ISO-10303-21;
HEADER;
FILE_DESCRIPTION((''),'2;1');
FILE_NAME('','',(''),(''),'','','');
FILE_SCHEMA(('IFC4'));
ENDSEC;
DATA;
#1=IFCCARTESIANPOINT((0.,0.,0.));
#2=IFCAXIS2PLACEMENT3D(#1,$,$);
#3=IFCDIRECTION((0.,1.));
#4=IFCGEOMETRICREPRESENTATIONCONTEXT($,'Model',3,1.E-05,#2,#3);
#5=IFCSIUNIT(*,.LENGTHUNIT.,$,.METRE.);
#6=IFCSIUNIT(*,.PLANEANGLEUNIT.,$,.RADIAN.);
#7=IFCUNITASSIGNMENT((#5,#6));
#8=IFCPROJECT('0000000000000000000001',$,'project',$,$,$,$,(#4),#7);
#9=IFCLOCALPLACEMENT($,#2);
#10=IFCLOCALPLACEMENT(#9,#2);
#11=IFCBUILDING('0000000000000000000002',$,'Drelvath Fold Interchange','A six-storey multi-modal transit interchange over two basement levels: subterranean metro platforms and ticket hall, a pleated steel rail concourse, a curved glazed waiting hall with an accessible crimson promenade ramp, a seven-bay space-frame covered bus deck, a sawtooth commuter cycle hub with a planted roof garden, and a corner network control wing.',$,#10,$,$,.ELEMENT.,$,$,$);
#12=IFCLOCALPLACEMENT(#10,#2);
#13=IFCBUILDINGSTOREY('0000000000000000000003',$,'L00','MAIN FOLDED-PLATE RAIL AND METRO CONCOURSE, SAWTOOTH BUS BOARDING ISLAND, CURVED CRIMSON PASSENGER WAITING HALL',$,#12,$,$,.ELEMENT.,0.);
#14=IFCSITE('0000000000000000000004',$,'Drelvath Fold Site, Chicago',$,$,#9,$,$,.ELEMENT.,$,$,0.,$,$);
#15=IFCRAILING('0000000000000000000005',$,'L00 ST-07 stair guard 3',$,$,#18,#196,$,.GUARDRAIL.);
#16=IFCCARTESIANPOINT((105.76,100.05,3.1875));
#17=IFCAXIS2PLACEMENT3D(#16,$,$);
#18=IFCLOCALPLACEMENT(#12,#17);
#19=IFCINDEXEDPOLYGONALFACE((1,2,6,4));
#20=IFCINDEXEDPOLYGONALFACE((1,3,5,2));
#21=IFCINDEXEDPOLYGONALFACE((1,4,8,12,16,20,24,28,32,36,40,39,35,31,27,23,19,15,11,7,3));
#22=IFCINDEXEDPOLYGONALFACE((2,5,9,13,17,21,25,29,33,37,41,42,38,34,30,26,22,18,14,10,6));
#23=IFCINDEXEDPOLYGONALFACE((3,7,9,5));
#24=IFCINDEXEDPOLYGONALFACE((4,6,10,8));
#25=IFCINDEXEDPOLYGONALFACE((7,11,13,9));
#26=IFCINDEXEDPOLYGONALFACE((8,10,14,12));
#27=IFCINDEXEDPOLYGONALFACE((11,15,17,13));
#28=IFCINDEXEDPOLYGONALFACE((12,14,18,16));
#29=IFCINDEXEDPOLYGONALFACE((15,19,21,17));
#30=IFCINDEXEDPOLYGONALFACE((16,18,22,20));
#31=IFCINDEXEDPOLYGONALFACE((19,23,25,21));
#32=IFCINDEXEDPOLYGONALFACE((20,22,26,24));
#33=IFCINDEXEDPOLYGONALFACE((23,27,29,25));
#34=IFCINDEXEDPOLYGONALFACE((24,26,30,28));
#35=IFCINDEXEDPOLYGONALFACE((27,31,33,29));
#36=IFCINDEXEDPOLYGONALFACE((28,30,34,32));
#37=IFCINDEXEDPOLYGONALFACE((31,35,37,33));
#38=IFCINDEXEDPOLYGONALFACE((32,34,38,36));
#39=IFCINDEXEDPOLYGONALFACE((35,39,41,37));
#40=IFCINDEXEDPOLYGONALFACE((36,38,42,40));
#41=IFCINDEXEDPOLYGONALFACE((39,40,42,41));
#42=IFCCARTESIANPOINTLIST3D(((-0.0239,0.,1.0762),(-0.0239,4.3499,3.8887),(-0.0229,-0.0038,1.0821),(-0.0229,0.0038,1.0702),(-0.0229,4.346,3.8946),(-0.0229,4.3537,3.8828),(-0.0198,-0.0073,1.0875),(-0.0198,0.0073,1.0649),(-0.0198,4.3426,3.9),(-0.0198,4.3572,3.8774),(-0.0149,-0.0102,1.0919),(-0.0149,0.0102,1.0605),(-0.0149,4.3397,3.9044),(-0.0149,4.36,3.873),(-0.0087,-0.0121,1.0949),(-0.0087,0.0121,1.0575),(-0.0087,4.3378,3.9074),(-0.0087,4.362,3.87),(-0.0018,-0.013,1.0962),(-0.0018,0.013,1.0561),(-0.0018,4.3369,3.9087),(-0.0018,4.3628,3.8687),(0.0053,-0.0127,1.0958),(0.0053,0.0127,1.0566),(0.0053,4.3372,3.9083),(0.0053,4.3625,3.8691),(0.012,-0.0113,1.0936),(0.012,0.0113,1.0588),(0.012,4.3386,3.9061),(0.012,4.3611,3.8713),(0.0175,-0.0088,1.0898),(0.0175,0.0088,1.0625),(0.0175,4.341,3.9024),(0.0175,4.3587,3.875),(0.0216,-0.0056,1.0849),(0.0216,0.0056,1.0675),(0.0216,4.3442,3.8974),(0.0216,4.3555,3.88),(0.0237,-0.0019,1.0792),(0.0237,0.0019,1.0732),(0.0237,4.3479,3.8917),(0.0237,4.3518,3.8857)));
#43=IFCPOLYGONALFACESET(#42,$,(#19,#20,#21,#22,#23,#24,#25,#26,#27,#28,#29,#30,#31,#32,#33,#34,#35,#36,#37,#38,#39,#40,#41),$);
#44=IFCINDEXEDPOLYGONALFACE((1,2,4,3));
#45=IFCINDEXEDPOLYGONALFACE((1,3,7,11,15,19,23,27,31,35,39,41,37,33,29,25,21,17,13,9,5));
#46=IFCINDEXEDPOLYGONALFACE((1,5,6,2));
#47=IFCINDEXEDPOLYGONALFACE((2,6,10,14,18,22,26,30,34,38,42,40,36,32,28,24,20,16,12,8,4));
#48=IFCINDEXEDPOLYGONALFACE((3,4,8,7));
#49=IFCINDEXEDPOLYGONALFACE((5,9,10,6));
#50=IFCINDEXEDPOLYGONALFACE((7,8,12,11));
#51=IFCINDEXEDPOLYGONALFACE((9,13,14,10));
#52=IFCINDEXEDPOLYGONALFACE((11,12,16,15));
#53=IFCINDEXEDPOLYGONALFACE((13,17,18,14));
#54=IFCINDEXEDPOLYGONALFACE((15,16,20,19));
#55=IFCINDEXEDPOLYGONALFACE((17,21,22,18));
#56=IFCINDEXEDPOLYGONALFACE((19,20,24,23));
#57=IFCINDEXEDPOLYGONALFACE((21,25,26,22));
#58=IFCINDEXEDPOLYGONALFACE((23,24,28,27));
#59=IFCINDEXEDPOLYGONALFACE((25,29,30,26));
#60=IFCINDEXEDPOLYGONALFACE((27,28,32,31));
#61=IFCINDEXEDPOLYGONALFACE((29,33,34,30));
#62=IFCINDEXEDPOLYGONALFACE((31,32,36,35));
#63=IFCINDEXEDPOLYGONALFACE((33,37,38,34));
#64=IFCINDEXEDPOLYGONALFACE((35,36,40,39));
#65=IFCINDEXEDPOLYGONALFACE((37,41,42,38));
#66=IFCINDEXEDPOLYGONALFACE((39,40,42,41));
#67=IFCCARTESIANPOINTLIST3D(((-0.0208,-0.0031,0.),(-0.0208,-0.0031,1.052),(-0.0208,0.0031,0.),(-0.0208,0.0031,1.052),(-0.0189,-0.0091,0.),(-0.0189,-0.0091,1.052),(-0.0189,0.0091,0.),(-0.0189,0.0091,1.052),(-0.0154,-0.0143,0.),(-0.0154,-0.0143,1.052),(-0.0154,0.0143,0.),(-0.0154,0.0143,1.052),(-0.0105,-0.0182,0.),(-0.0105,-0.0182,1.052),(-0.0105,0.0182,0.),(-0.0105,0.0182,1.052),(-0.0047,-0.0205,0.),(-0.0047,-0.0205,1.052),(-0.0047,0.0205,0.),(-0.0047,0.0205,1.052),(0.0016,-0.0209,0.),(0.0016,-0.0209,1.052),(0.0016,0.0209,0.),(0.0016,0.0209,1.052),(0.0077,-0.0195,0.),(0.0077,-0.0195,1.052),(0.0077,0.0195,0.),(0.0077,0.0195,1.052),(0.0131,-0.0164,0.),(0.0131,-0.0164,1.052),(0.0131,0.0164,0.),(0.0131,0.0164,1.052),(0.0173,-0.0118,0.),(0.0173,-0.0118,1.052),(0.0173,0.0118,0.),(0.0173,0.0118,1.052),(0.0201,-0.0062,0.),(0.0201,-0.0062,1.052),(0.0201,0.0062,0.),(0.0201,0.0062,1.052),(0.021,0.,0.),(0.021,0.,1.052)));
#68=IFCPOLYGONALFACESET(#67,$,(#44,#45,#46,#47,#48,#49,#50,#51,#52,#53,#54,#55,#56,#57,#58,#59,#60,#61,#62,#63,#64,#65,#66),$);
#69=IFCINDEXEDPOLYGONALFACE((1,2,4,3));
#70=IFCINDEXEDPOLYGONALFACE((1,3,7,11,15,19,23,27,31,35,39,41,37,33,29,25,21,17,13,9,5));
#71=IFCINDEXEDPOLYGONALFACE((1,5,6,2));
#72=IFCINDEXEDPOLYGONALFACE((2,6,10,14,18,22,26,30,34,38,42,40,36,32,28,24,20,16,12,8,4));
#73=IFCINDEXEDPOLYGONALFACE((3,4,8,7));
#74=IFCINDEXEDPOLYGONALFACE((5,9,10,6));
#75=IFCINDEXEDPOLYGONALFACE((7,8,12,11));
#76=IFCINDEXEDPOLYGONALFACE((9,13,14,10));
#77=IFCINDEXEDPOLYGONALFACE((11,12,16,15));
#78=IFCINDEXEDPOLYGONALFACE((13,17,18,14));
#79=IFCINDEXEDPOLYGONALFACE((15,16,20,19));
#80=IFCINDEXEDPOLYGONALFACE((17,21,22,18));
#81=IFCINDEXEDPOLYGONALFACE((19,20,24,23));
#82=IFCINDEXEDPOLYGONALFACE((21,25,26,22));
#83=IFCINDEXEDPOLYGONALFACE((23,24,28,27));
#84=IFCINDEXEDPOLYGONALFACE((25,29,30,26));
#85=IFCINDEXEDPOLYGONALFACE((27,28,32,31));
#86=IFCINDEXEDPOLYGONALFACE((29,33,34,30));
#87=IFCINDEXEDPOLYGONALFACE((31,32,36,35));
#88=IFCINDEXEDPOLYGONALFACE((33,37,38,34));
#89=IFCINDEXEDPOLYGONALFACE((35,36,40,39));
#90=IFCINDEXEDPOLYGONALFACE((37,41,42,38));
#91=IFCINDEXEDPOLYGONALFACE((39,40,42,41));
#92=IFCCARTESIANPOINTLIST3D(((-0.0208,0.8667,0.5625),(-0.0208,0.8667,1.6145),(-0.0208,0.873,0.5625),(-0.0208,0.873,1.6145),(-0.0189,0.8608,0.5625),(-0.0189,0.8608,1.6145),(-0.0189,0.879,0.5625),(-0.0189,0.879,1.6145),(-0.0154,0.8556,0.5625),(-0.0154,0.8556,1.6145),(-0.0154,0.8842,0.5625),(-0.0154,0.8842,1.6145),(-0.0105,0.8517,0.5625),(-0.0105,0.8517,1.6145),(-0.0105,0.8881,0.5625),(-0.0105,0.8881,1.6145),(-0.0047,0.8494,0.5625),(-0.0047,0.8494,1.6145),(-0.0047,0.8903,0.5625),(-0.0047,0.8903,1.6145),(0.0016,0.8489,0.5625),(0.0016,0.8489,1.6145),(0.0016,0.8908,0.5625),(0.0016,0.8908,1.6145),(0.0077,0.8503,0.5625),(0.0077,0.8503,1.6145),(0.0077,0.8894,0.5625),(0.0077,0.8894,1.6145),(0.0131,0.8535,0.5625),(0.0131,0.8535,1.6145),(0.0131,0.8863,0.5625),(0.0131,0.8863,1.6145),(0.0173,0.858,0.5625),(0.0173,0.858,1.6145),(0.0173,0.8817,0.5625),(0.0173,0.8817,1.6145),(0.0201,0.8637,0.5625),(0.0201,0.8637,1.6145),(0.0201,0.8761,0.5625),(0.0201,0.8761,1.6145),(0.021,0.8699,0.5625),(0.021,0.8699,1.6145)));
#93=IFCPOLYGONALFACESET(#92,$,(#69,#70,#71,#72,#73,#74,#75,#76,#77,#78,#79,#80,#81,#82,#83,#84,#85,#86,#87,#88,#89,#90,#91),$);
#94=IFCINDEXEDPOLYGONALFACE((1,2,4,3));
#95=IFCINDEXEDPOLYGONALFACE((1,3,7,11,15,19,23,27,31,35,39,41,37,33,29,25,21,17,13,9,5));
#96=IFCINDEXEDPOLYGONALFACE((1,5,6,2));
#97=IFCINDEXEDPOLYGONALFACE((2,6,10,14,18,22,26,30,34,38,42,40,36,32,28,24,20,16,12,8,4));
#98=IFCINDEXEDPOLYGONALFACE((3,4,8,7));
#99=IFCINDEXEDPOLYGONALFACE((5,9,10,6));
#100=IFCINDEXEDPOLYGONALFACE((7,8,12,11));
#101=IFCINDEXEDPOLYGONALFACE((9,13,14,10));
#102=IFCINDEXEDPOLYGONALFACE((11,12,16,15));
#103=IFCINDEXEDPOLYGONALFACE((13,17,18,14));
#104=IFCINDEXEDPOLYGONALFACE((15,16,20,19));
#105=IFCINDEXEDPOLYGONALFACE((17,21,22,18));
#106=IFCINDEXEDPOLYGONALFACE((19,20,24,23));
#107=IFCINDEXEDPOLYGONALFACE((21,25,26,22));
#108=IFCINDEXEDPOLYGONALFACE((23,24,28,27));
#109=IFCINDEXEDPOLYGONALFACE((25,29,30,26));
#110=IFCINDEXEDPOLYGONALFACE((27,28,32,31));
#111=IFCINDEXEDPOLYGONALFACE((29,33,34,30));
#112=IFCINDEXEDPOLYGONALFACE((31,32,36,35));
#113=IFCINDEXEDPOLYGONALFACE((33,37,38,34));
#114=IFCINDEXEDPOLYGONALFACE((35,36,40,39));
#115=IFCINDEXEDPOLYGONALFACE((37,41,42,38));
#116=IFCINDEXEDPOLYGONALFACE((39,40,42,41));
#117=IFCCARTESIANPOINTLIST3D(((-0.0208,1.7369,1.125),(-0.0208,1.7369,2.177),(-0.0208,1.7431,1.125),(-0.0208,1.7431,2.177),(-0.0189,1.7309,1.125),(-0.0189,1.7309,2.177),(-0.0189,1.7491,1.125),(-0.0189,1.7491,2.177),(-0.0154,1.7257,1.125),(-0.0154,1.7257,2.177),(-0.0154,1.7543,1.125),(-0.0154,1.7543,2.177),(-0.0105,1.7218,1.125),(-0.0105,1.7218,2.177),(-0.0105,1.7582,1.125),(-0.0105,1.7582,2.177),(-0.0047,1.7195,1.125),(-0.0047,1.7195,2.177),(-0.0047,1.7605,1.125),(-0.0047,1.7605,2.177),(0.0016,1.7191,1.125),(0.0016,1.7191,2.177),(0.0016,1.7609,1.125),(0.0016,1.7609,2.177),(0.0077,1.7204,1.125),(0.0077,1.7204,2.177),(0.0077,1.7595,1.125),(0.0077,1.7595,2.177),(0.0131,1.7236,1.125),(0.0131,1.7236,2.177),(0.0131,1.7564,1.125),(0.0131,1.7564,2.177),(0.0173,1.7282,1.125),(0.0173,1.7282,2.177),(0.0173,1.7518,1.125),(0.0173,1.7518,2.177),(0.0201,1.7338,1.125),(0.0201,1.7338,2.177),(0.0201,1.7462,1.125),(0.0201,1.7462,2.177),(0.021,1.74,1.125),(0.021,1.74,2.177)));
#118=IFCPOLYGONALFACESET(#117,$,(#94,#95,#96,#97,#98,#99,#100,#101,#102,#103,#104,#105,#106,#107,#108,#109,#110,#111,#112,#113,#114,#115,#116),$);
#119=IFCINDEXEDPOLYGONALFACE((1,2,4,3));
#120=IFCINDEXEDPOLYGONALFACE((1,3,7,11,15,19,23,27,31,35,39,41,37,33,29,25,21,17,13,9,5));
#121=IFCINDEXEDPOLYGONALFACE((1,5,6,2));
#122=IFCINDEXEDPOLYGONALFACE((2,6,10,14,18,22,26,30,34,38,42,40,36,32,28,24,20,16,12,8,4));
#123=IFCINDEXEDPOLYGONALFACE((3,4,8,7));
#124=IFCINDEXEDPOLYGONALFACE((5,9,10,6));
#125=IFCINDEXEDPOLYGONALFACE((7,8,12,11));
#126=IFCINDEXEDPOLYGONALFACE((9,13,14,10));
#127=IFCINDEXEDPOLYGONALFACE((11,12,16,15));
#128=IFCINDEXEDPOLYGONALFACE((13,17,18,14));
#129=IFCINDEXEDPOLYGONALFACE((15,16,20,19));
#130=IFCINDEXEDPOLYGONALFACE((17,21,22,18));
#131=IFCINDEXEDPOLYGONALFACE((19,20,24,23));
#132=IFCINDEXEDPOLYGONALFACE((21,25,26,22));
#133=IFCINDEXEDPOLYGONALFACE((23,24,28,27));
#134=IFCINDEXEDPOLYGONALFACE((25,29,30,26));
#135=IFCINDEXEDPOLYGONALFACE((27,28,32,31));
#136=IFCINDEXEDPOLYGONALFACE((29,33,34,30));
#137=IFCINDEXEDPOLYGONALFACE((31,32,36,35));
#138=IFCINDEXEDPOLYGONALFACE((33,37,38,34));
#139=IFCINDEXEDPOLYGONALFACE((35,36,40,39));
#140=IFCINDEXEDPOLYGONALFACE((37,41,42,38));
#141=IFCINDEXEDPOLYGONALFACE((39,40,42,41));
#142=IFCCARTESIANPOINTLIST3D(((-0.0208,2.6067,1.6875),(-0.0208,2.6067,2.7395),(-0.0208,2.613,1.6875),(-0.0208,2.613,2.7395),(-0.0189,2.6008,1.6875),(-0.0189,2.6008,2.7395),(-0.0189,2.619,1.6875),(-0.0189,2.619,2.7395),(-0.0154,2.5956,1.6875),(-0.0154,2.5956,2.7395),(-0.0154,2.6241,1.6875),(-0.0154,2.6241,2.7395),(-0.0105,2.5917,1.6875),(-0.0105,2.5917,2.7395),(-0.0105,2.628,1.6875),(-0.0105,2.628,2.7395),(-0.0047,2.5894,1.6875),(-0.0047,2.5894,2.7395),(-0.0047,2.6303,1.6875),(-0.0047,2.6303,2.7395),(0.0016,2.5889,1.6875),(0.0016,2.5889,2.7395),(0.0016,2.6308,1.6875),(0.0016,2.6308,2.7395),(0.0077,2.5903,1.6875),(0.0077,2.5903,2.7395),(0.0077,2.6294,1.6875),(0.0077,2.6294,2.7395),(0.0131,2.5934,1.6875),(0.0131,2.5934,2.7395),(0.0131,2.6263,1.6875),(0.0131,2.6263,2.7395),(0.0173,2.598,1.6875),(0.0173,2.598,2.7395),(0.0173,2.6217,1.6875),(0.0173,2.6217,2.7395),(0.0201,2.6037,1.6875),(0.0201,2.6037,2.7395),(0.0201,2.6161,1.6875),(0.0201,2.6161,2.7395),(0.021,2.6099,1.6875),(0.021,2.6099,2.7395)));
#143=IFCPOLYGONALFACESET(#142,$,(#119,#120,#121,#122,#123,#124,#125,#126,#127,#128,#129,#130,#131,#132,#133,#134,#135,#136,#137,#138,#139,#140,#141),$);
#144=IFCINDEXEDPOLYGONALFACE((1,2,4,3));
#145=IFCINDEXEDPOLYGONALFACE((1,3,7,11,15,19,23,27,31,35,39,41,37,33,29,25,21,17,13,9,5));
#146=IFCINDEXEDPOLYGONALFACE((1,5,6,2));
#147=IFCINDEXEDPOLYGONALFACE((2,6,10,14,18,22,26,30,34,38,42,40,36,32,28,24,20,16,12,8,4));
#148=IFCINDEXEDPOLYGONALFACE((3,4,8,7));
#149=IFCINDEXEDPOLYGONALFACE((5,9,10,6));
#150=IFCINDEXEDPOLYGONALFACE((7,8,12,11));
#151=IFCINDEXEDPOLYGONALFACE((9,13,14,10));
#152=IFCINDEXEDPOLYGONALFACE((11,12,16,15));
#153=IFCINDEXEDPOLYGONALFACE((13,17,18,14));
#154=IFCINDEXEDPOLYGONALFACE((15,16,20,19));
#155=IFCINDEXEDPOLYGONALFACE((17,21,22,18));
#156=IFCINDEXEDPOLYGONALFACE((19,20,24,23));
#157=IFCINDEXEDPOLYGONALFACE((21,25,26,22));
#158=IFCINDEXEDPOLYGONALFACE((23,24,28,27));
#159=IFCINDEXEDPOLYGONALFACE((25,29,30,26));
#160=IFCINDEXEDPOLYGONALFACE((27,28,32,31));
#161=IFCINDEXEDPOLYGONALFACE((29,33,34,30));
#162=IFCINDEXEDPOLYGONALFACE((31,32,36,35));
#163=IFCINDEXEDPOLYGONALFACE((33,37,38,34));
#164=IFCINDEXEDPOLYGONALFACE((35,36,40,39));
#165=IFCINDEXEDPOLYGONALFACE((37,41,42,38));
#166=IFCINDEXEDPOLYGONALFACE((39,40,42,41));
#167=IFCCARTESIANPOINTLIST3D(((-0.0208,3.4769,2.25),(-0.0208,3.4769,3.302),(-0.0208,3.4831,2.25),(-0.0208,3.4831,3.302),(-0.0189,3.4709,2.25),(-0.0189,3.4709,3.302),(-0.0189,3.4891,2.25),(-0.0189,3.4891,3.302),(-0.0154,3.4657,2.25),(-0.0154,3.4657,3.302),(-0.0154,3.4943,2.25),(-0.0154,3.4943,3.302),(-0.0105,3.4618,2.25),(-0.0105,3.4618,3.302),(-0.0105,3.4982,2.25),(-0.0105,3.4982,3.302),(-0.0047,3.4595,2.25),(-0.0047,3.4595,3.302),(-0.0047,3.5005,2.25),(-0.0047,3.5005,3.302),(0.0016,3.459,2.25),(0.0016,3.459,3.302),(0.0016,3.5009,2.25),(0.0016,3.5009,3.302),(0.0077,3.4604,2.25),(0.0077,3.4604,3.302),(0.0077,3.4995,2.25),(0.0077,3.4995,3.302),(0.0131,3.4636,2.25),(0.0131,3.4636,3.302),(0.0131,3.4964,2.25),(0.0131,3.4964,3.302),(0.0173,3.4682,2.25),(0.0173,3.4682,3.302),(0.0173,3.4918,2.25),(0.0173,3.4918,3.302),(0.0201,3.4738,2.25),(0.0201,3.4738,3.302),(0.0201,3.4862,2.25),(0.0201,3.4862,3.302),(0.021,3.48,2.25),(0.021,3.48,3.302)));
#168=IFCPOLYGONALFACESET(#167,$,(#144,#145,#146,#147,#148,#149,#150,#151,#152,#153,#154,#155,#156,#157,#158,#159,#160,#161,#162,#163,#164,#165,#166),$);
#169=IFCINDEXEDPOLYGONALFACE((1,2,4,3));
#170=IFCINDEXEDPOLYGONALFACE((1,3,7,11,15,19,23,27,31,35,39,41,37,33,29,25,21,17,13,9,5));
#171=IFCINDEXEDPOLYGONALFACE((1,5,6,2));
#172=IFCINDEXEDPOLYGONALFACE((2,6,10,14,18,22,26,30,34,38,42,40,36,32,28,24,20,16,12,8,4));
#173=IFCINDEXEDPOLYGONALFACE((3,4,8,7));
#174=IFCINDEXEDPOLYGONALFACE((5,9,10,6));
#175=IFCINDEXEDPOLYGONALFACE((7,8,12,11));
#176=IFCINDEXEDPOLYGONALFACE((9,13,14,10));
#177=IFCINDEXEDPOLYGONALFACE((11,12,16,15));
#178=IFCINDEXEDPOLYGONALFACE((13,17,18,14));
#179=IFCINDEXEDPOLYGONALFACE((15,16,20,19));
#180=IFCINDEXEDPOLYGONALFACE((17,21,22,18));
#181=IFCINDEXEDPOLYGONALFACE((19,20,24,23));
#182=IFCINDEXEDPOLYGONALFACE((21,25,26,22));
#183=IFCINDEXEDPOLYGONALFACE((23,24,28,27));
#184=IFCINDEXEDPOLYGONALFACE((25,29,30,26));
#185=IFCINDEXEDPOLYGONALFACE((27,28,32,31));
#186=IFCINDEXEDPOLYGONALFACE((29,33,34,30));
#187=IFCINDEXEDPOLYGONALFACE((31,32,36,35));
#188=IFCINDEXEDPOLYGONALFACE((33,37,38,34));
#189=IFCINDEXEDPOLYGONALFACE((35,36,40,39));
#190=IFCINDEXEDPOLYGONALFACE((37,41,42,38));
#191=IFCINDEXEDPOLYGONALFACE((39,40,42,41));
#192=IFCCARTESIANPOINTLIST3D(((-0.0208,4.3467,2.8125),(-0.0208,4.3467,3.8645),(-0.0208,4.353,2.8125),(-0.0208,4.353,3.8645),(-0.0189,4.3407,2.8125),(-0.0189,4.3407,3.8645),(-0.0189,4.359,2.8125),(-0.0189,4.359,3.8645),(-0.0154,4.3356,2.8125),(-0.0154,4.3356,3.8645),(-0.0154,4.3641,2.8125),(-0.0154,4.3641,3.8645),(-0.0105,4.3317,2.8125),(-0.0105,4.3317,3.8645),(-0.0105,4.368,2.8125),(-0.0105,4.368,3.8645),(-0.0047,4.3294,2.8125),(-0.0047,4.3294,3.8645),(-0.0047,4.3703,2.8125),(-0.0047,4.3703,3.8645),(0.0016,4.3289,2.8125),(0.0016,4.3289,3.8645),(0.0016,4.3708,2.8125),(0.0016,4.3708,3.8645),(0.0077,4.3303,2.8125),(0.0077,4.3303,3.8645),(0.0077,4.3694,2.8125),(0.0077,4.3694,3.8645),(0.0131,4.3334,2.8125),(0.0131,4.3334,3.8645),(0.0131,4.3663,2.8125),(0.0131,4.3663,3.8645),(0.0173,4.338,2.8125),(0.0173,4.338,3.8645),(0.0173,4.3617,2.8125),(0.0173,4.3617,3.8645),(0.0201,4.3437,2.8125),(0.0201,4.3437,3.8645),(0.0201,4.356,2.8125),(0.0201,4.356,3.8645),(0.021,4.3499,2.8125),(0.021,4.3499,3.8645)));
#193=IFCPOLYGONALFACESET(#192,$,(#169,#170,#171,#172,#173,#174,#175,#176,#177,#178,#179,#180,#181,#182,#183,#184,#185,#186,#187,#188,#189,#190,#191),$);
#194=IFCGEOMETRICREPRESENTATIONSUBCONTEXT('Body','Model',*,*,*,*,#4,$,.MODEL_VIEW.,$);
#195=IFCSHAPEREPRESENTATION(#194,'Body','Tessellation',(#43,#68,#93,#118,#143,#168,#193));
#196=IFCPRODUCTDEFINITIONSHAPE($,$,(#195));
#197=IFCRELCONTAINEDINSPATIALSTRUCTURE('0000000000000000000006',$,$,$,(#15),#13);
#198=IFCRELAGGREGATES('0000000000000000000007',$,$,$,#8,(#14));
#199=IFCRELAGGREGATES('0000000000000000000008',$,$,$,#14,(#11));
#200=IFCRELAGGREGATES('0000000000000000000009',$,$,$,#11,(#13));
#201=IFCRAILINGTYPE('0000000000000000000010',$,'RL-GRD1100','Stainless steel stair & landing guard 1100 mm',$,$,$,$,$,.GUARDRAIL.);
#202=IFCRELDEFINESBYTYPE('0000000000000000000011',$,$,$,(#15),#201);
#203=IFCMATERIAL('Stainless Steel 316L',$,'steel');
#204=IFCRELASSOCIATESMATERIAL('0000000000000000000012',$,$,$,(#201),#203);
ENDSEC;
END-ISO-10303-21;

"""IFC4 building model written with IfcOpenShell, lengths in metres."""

from ifc_helpers import new_model, si_unit, direction, frame, origin, origin_2d, place, context, subcontext, project, spatial, circle, extrude, material, type_object, element, save


model = new_model("IFC4")

# Units and contexts
model_context = context("Model", 3, precision=1e-05, world=origin(), true_north=direction((0.0, 1.0)))
body_context = subcontext(model_context, "Body", "Model", "MODEL_VIEW")
ifc_project = project(units=[si_unit("LENGTHUNIT", "METRE"), si_unit("PLANEANGLEUNIT", "RADIAN")], contexts=[model_context])

# Site, building, storey
site_placement = place(None, origin())
site = spatial("IfcSite", under=ifc_project, at=site_placement, Name="Drelvath Fold Site, Chicago", CompositionType="ELEMENT", RefElevation=0.0)
building_placement = place(site_placement, origin())
building = spatial("IfcBuilding", under=site, at=building_placement, Name="Drelvath Fold Interchange", Description="A six-storey multi-modal transit interchange over two basement levels: subterranean metro platforms and ticket hall, a pleated steel rail concourse, a curved glazed waiting hall with an accessible crimson promenade ramp, a seven-bay space-frame covered bus deck, a sawtooth commuter cycle hub with a planted roof garden, and a corner network control wing.", CompositionType="ELEMENT")
storey_placement = place(building_placement, origin())
storey = spatial("IfcBuildingStorey", under=building, at=storey_placement, Name="L00", Description="MAIN FOLDED-PLATE RAIL AND METRO CONCOURSE, SAWTOOTH BUS BOARDING ISLAND, CURVED CRIMSON PASSENGER WAITING HALL", CompositionType="ELEMENT", Elevation=0.0)

# Railing
ifc_material_1 = material(Name="Stainless Steel 316L", Category="steel")
railing_type = type_object("IfcRailingType", Name="RL-GRD1100", Description="Stainless steel stair & landing guard 1100 mm", PredefinedType="GUARDRAIL", material=ifc_material_1)
railing_1_placement = place(storey_placement, frame((105.76, 100.05, 3.1875)))
element("IfcRailing", 1, at=railing_1_placement, inside=storey, type_object=railing_type, Name="L00 ST-07 stair guard 3", PredefinedType="GUARDRAIL", context=body_context, shape_type="SweptSolid", body=[
    extrude(circle(Radius=0.0239, at=origin_2d()), frame((0.0, 0.0, 1.0762), z_axis=(0.0, 0.839756, 0.542964), x_axis=(-1.0, 0.0, 0.0)), (0.0, 0.0, 1.0), 5.1799),
    extrude(circle(Radius=0.021, at=origin_2d()), origin(), (0.0, 0.0, 1.0), 1.052),
    extrude(circle(Radius=0.021, at=origin_2d()), frame((0.0, 0.8699, 0.5625)), (0.0, 0.0, 1.0), 1.052),
    extrude(circle(Radius=0.021, at=origin_2d()), frame((0.0, 1.74, 1.125)), (0.0, 0.0, 1.0), 1.052),
    extrude(circle(Radius=0.021, at=origin_2d()), frame((0.0, 2.6099, 1.6875)), (0.0, 0.0, 1.0), 1.052),
    extrude(circle(Radius=0.021, at=origin_2d()), frame((0.0, 3.48, 2.25)), (0.0, 0.0, 1.0), 1.052),
    extrude(circle(Radius=0.021, at=origin_2d()), frame((0.0, 4.3499, 2.8125)), (0.0, 0.0, 1.0), 1.052),
])

save(model, "model.ifc")
